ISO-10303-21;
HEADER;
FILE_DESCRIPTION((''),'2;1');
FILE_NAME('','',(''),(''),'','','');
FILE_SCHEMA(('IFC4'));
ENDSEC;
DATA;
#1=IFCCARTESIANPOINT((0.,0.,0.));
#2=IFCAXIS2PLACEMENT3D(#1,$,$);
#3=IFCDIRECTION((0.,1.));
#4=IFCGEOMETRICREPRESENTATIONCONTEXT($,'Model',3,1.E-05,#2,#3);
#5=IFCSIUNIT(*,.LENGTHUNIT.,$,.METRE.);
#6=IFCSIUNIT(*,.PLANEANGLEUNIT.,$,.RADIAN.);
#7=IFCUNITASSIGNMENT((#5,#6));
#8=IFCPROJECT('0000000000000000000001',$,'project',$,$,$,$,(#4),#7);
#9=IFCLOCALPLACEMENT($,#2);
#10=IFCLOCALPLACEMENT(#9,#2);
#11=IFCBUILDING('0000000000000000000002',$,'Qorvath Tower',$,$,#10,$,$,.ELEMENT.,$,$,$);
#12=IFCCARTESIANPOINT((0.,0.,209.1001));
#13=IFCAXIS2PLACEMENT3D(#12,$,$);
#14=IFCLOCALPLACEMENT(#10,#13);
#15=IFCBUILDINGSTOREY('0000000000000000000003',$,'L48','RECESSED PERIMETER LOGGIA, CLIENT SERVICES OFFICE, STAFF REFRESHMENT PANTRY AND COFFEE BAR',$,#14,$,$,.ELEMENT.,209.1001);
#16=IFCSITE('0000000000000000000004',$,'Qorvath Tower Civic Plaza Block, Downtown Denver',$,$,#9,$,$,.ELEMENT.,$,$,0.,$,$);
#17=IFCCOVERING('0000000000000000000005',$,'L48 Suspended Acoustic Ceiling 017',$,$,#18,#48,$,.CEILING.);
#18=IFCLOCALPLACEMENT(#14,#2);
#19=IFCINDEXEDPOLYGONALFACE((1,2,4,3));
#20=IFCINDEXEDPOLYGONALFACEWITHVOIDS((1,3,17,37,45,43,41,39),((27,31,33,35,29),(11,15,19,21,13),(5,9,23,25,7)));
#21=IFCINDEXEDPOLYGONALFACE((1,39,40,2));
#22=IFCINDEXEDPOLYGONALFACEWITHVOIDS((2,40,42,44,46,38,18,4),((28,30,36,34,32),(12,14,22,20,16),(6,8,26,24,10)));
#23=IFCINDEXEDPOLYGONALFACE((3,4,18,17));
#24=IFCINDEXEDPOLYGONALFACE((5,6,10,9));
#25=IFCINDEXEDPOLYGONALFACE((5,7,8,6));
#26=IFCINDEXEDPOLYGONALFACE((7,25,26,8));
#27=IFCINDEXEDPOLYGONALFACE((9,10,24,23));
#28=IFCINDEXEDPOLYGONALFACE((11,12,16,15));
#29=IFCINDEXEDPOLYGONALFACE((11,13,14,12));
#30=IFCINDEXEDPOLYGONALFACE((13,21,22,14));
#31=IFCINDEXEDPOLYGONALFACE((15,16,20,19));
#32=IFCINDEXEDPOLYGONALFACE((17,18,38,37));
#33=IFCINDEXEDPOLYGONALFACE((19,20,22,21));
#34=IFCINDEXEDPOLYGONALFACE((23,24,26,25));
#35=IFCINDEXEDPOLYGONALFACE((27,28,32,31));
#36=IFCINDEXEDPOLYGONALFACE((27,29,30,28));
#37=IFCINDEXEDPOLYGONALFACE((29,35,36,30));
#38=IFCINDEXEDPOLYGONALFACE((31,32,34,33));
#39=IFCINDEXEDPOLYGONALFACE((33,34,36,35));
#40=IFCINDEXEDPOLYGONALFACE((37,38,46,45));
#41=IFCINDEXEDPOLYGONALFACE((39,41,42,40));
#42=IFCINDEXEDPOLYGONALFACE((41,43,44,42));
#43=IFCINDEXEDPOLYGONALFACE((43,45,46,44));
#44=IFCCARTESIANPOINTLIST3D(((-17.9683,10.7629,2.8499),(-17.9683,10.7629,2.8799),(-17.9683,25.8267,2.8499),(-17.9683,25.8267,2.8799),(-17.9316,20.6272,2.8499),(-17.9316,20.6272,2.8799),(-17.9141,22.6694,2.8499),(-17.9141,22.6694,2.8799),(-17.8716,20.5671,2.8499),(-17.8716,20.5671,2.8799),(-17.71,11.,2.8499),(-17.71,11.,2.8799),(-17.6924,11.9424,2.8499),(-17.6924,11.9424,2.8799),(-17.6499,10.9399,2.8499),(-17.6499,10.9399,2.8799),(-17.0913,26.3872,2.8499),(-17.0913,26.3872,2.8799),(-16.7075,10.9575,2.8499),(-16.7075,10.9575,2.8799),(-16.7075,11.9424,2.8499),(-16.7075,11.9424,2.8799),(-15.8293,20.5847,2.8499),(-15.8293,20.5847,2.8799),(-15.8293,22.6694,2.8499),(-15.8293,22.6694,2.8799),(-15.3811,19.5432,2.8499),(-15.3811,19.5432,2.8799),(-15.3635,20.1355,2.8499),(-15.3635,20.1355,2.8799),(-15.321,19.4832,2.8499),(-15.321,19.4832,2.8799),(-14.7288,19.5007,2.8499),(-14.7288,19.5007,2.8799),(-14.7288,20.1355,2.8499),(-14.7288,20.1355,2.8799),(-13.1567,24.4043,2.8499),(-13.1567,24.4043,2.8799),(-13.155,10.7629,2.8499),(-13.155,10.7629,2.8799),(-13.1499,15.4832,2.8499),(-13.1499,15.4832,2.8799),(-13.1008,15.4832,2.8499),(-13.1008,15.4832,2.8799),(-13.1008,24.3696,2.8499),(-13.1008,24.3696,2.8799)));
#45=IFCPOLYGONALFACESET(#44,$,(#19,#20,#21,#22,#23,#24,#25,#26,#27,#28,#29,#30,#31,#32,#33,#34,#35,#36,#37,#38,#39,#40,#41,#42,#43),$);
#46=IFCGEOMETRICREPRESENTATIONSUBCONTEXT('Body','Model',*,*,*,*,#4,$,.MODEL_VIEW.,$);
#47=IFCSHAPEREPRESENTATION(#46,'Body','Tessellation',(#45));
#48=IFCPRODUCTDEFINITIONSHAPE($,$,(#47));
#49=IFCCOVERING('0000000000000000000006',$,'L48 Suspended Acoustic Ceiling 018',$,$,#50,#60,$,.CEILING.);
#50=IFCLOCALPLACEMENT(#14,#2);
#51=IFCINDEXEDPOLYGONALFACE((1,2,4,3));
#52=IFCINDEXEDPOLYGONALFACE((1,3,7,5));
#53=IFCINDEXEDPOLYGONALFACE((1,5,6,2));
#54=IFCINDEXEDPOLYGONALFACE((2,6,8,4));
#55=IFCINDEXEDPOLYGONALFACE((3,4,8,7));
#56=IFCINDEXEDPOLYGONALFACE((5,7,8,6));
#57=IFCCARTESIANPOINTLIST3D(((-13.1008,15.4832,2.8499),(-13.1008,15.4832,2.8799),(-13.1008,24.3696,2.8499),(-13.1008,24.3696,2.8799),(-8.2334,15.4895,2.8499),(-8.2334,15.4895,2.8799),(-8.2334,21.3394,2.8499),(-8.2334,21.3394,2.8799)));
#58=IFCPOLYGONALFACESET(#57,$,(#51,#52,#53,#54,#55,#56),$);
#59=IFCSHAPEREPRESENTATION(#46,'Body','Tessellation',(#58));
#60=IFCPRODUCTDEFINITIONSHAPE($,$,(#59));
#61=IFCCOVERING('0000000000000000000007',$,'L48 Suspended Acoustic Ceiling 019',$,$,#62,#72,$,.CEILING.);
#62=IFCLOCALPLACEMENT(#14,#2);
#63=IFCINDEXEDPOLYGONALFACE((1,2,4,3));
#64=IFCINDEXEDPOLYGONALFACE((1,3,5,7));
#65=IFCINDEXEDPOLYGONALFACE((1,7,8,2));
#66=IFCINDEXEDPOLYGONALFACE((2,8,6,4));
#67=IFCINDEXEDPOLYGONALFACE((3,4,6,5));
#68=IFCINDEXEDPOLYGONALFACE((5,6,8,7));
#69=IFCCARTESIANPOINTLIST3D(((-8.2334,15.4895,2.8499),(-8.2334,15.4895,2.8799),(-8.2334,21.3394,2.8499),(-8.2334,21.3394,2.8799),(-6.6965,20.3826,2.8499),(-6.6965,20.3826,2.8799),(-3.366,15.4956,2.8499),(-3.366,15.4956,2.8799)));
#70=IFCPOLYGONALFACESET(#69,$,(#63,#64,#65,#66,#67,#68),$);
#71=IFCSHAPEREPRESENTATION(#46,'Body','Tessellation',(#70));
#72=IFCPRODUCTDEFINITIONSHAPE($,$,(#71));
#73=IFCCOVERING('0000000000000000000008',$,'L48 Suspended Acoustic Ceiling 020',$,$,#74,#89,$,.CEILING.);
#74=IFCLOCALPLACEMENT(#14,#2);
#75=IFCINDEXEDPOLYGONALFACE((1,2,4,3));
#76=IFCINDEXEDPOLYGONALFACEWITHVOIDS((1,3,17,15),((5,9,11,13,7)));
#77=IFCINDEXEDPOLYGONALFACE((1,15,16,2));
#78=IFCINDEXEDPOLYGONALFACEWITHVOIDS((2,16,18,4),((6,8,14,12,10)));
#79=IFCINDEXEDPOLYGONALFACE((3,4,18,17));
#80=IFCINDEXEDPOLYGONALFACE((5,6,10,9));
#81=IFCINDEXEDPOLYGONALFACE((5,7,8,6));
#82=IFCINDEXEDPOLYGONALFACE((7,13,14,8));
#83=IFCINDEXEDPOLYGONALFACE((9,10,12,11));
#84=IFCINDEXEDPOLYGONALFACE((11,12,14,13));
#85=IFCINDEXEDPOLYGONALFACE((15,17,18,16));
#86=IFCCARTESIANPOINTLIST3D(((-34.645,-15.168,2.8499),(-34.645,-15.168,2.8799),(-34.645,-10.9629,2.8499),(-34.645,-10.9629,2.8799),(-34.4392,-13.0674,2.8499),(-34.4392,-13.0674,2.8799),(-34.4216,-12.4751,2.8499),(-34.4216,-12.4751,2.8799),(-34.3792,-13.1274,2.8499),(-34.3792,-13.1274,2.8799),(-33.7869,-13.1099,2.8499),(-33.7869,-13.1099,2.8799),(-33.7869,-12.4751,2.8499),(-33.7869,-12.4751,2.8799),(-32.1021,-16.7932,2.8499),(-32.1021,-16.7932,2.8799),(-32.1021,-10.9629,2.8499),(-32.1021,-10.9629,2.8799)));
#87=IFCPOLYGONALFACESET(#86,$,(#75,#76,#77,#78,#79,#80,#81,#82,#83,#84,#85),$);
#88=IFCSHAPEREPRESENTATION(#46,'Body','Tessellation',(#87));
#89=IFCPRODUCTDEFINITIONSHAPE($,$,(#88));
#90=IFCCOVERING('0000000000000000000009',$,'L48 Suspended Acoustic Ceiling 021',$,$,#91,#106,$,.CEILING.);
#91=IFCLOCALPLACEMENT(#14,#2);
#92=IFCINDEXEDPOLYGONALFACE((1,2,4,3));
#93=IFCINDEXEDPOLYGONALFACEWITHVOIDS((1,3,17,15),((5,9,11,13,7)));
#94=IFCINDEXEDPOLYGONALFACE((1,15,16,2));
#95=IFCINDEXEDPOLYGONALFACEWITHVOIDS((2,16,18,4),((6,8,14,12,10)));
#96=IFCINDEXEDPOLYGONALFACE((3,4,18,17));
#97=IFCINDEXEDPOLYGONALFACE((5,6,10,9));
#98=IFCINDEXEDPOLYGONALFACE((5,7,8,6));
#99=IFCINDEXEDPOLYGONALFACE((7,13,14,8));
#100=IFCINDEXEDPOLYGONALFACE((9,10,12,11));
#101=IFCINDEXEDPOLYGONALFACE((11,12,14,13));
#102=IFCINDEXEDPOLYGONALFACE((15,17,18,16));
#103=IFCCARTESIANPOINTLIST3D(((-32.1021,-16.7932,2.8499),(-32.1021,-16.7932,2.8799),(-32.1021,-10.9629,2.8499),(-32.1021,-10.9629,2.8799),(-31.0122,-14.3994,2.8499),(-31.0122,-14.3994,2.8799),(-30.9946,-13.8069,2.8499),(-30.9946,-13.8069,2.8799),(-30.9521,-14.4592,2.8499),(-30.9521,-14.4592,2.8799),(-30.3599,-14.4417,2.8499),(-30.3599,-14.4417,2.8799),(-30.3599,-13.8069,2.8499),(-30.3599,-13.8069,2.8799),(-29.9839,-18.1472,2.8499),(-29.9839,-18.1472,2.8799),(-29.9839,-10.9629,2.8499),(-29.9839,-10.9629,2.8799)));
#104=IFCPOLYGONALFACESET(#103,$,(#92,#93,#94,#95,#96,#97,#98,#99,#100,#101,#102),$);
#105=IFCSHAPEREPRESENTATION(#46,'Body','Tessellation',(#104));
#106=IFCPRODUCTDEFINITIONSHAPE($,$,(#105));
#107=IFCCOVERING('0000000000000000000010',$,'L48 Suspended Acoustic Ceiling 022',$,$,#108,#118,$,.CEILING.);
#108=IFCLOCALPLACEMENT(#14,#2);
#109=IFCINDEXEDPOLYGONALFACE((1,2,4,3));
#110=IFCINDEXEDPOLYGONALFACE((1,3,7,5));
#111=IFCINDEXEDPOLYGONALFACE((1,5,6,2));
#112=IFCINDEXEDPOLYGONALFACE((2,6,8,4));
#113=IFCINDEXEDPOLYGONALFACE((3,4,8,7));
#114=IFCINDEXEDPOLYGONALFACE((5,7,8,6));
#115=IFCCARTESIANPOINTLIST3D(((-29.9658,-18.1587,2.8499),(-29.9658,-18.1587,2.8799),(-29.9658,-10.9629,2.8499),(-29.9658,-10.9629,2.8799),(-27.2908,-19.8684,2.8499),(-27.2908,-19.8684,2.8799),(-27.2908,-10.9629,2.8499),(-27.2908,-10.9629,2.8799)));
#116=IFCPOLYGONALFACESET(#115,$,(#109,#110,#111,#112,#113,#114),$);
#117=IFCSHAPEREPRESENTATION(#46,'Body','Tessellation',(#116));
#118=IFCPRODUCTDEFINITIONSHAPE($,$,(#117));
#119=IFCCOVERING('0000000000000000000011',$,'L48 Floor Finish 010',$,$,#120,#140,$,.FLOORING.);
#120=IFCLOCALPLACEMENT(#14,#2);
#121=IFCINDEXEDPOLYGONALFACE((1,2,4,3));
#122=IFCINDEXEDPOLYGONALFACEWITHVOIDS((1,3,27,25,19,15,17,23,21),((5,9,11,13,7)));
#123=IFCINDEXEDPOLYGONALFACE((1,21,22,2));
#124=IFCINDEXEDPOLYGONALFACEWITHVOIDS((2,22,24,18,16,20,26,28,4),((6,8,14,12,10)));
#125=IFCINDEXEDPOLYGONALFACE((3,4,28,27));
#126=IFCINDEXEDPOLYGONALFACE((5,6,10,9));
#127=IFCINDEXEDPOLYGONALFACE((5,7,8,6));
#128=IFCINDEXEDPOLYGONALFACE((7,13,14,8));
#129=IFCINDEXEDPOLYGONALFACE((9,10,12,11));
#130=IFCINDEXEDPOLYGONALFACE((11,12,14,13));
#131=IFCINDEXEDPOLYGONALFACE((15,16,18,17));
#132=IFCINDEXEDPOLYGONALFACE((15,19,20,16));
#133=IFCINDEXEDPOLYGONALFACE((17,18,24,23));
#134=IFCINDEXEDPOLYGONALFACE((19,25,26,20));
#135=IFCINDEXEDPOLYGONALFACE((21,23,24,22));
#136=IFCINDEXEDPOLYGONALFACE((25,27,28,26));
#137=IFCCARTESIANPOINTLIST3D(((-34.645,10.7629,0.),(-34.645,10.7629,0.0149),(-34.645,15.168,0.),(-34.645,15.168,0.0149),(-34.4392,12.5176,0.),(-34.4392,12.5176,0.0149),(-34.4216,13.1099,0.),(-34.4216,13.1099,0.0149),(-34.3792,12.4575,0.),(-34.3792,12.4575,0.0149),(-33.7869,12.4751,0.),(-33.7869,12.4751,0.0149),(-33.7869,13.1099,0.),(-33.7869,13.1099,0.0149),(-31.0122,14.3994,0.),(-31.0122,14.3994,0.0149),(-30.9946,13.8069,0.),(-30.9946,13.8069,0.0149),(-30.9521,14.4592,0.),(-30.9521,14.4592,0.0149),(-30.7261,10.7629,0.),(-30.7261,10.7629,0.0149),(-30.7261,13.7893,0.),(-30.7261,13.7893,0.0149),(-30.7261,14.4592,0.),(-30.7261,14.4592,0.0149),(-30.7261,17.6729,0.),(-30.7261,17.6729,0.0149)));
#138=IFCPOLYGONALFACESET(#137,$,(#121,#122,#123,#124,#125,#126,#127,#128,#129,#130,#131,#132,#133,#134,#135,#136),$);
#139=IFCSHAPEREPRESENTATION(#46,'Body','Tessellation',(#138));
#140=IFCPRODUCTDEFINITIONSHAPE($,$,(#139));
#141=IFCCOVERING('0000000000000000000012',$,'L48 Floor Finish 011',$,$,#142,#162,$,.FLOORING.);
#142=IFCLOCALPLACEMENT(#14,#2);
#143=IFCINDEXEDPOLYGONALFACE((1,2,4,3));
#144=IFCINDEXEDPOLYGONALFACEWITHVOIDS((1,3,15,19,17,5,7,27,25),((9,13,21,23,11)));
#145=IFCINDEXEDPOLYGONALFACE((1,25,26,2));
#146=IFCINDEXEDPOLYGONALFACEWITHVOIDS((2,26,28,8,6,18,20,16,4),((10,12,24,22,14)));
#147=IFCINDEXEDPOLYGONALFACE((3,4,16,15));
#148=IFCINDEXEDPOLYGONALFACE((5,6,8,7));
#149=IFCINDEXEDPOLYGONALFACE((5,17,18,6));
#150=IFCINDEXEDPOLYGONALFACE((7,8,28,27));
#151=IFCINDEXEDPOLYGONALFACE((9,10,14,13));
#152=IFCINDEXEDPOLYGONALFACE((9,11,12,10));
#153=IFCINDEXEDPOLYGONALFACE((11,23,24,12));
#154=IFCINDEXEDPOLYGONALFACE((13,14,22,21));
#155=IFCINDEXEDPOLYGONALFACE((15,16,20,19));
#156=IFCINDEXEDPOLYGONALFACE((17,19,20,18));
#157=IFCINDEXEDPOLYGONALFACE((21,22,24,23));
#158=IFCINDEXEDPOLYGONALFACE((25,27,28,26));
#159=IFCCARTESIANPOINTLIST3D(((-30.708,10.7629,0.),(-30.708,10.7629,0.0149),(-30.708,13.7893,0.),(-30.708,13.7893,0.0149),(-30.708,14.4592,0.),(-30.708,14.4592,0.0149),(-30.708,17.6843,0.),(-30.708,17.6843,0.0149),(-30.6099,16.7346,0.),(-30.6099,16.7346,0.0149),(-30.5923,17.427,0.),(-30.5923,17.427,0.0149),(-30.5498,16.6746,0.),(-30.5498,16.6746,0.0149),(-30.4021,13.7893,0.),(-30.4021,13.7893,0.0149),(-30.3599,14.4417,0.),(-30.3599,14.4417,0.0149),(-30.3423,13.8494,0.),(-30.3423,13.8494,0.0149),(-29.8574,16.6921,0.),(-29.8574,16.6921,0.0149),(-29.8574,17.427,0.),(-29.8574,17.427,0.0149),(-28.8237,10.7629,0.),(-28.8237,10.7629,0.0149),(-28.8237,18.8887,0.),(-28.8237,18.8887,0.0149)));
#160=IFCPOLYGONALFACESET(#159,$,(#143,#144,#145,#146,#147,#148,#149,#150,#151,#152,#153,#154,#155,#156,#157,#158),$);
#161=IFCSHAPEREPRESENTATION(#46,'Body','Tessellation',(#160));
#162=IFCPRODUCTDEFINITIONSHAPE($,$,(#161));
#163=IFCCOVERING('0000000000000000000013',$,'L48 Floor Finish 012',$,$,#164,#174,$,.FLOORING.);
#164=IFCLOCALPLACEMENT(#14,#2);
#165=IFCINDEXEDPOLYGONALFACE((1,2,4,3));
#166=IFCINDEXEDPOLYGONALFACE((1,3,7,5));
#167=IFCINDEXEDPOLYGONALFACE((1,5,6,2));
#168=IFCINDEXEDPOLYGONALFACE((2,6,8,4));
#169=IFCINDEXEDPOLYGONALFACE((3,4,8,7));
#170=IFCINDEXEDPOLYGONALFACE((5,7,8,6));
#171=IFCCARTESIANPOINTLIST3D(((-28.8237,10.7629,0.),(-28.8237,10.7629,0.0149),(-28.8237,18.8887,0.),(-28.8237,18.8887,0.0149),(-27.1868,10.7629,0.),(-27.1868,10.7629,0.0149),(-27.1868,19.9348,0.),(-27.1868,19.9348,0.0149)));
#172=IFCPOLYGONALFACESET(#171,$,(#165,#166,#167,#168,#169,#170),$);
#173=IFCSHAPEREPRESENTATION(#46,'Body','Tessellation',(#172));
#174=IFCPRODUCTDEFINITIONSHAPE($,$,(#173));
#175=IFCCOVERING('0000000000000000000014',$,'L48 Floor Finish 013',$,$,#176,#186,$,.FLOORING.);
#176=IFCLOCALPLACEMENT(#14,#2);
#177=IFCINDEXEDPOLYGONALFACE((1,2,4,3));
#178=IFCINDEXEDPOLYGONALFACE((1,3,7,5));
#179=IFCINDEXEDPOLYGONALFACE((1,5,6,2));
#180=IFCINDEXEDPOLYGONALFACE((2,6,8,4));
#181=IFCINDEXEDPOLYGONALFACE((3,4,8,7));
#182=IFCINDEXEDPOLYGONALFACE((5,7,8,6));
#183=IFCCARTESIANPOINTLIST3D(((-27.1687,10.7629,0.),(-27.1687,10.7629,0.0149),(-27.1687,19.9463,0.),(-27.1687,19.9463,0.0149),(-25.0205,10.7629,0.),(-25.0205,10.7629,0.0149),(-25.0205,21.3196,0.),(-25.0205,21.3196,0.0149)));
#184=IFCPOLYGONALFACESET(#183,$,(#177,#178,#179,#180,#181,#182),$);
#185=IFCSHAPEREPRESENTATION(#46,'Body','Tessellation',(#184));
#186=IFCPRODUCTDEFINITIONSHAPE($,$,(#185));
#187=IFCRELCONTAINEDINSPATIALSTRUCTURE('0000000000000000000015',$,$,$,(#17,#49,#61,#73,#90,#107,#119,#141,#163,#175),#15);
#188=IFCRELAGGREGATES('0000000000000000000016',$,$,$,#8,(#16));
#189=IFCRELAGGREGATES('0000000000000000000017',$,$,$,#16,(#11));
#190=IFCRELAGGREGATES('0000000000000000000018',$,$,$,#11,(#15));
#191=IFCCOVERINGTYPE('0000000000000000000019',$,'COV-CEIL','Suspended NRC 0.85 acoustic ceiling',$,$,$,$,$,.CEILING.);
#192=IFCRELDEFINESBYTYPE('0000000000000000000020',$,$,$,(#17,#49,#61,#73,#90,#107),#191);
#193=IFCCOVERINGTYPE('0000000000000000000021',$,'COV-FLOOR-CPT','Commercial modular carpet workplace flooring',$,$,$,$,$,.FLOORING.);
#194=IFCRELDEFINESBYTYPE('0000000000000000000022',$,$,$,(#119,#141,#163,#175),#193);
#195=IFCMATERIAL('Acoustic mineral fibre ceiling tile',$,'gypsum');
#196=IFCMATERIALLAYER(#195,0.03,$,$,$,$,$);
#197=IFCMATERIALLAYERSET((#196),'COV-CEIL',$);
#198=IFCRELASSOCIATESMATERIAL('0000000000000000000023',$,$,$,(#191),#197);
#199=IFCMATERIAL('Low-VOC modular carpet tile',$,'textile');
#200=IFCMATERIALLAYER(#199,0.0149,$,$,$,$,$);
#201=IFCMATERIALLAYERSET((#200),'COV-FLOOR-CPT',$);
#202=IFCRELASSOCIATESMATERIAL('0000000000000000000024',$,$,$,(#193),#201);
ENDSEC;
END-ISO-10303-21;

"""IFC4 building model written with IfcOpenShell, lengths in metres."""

from ifc_helpers import new_model, si_unit, direction, frame, origin, place, context, subcontext, project, spatial, polyline, outline, extrude, material, layer, layer_set, type_object, element, save


model = new_model("IFC4")

# Units and contexts
model_context = context("Model", 3, precision=1e-05, world=origin(), true_north=direction((0.0, 1.0)))
body_context = subcontext(model_context, "Body", "Model", "MODEL_VIEW")
ifc_project = project(units=[si_unit("LENGTHUNIT", "METRE"), si_unit("PLANEANGLEUNIT", "RADIAN")], contexts=[model_context])

# Site, building, storey
site_placement = place(None, origin())
site = spatial("IfcSite", under=ifc_project, at=site_placement, Name="Qorvath Tower Civic Plaza Block, Downtown Denver", CompositionType="ELEMENT", RefElevation=0.0)
building_placement = place(site_placement, origin())
building = spatial("IfcBuilding", under=site, at=building_placement, Name="Qorvath Tower", CompositionType="ELEMENT")
storey_placement = place(building_placement, frame((0.0, 0.0, 209.1001)))
storey = spatial("IfcBuildingStorey", under=building, at=storey_placement, Name="L48", Description="RECESSED PERIMETER LOGGIA, CLIENT SERVICES OFFICE, STAFF REFRESHMENT PANTRY AND COFFEE BAR", CompositionType="ELEMENT", Elevation=209.1001)

# Coverings
ifc_material_1 = material(Name="Acoustic mineral fibre ceiling tile", Category="gypsum")
ifc_layer_1 = layer(ifc_material_1, 0.03)
ifc_layer_set_1 = layer_set([ifc_layer_1], Name="COV-CEIL")
covering_type_1 = type_object("IfcCoveringType", Name="COV-CEIL", Description="Suspended NRC 0.85 acoustic ceiling", PredefinedType="CEILING", material=ifc_layer_set_1)
covering_1_placement = place(storey_placement, frame((0.0, 0.0, 2.8499)))
element("IfcCovering", 1, at=covering_1_placement, inside=storey, type_object=covering_type_1, Name="L48 Suspended Acoustic Ceiling 017", PredefinedType="CEILING", context=body_context, shape_type="SweptSolid", body=[
    extrude(outline(polyline([(-13.1008, 15.4832), (-13.1008, 24.3696), (-13.1567, 24.4043), (-17.0913, 26.3872), (-17.9683, 25.8267), (-17.9683, 10.7629), (-13.155, 10.7629), (-13.1499, 15.4832), (-13.1008, 15.4832)]), holes=[polyline([(-15.3811, 19.5432), (-15.3635, 20.1355), (-14.7288, 20.1355), (-14.7288, 19.5007), (-15.321, 19.4832), (-15.3811, 19.5432)]), polyline([(-17.9316, 20.6272), (-17.9141, 22.6694), (-15.8293, 22.6694), (-15.8293, 20.5847), (-17.8716, 20.5671), (-17.9316, 20.6272)]), polyline([(-17.71, 11.0), (-17.6924, 11.9424), (-16.7075, 11.9424), (-16.7075, 10.9575), (-17.6499, 10.9399), (-17.71, 11.0)])]), origin(), (0.0, 0.0, 1.0), 0.03),
])
covering_2_placement = place(storey_placement, frame((0.0, 0.0, 2.8499)))
element("IfcCovering", 2, at=covering_2_placement, inside=storey, type_object=covering_type_1, Name="L48 Suspended Acoustic Ceiling 018", PredefinedType="CEILING", context=body_context, shape_type="SweptSolid", body=[
    extrude(outline(polyline([(-8.2334, 15.4895), (-8.2334, 21.3394), (-13.1008, 24.3696), (-13.1008, 15.4832), (-8.2334, 15.4895)])), origin(), (0.0, 0.0, 1.0), 0.03),
])
covering_3_placement = place(storey_placement, frame((0.0, 0.0, 2.8499)))
element("IfcCovering", 3, at=covering_3_placement, inside=storey, type_object=covering_type_1, Name="L48 Suspended Acoustic Ceiling 019", PredefinedType="CEILING", context=body_context, shape_type="SweptSolid", body=[
    extrude(outline(polyline([(-3.366, 15.4956), (-6.6965, 20.3826), (-8.2334, 21.3394), (-8.2334, 15.4895), (-3.366, 15.4956)])), origin(), (0.0, 0.0, 1.0), 0.03),
])
covering_4_placement = place(storey_placement, frame((0.0, 0.0, 2.8499)))
element("IfcCovering", 4, at=covering_4_placement, inside=storey, type_object=covering_type_1, Name="L48 Suspended Acoustic Ceiling 020", PredefinedType="CEILING", context=body_context, shape_type="SweptSolid", body=[
    extrude(outline(polyline([(-34.645, -10.9629), (-34.645, -15.168), (-32.1021, -16.7932), (-32.1021, -10.9629), (-34.645, -10.9629)]), holes=[polyline([(-34.4392, -13.0674), (-34.4216, -12.4751), (-33.7869, -12.4751), (-33.7869, -13.1099), (-34.3792, -13.1274), (-34.4392, -13.0674)])]), origin(), (0.0, 0.0, 1.0), 0.03),
])
covering_5_placement = place(storey_placement, frame((0.0, 0.0, 2.8499)))
element("IfcCovering", 5, at=covering_5_placement, inside=storey, type_object=covering_type_1, Name="L48 Suspended Acoustic Ceiling 021", PredefinedType="CEILING", context=body_context, shape_type="SweptSolid", body=[
    extrude(outline(polyline([(-32.1021, -10.9629), (-32.1021, -16.7932), (-29.9839, -18.1472), (-29.9839, -10.9629), (-32.1021, -10.9629)]), holes=[polyline([(-31.0122, -14.3994), (-30.9946, -13.8069), (-30.3599, -13.8069), (-30.3599, -14.4417), (-30.9521, -14.4592), (-31.0122, -14.3994)])]), origin(), (0.0, 0.0, 1.0), 0.03),
])
covering_6_placement = place(storey_placement, frame((0.0, 0.0, 2.8499)))
element("IfcCovering", 6, at=covering_6_placement, inside=storey, type_object=covering_type_1, Name="L48 Suspended Acoustic Ceiling 022", PredefinedType="CEILING", context=body_context, shape_type="SweptSolid", body=[
    extrude(outline(polyline([(-29.9658, -10.9629), (-29.9658, -18.1587), (-27.2908, -19.8684), (-27.2908, -10.9629), (-29.9658, -10.9629)])), origin(), (0.0, 0.0, 1.0), 0.03),
])
ifc_material_2 = material(Name="Low-VOC modular carpet tile", Category="textile")
ifc_layer_2 = layer(ifc_material_2, 0.0149)
ifc_layer_set_2 = layer_set([ifc_layer_2], Name="COV-FLOOR-CPT")
covering_type_2 = type_object("IfcCoveringType", Name="COV-FLOOR-CPT", Description="Commercial modular carpet workplace flooring", PredefinedType="FLOORING", material=ifc_layer_set_2)
covering_7_placement = place(storey_placement, origin())
element("IfcCovering", 7, at=covering_7_placement, inside=storey, type_object=covering_type_2, Name="L48 Floor Finish 010", PredefinedType="FLOORING", context=body_context, shape_type="SweptSolid", body=[
    extrude(outline(polyline([(-30.7261, 17.6729), (-34.645, 15.168), (-34.645, 10.7629), (-30.7261, 10.7629), (-30.7261, 13.7893), (-30.9946, 13.8069), (-31.0122, 14.3994), (-30.9521, 14.4592), (-30.7261, 14.4592), (-30.7261, 17.6729)]), holes=[polyline([(-34.4216, 13.1099), (-33.7869, 13.1099), (-33.7869, 12.4751), (-34.3792, 12.4575), (-34.4392, 12.5176), (-34.4216, 13.1099)])]), origin(), (0.0, 0.0, 1.0), 0.0149),
])
covering_8_placement = place(storey_placement, origin())
element("IfcCovering", 8, at=covering_8_placement, inside=storey, type_object=covering_type_2, Name="L48 Floor Finish 011", PredefinedType="FLOORING", context=body_context, shape_type="SweptSolid", body=[
    extrude(outline(polyline([(-28.8237, 10.7629), (-28.8237, 18.8887), (-30.708, 17.6843), (-30.708, 14.4592), (-30.3599, 14.4417), (-30.3423, 13.8494), (-30.4021, 13.7893), (-30.708, 13.7893), (-30.708, 10.7629), (-28.8237, 10.7629)]), holes=[polyline([(-30.6099, 16.7346), (-30.5923, 17.427), (-29.8574, 17.427), (-29.8574, 16.6921), (-30.5498, 16.6746), (-30.6099, 16.7346)])]), origin(), (0.0, 0.0, 1.0), 0.0149),
])
covering_9_placement = place(storey_placement, origin())
element("IfcCovering", 9, at=covering_9_placement, inside=storey, type_object=covering_type_2, Name="L48 Floor Finish 012", PredefinedType="FLOORING", context=body_context, shape_type="SweptSolid", body=[
    extrude(outline(polyline([(-27.1868, 19.9348), (-28.8237, 18.8887), (-28.8237, 10.7629), (-27.1868, 10.7629), (-27.1868, 19.9348)])), origin(), (0.0, 0.0, 1.0), 0.0149),
])
covering_10_placement = place(storey_placement, origin())
element("IfcCovering", 10, at=covering_10_placement, inside=storey, type_object=covering_type_2, Name="L48 Floor Finish 013", PredefinedType="FLOORING", context=body_context, shape_type="SweptSolid", body=[
    extrude(outline(polyline([(-27.1687, 10.7629), (-25.0205, 10.7629), (-25.0205, 21.3196), (-27.1687, 19.9463), (-27.1687, 10.7629)])), origin(), (0.0, 0.0, 1.0), 0.0149),
])

save(model, "model.ifc")
